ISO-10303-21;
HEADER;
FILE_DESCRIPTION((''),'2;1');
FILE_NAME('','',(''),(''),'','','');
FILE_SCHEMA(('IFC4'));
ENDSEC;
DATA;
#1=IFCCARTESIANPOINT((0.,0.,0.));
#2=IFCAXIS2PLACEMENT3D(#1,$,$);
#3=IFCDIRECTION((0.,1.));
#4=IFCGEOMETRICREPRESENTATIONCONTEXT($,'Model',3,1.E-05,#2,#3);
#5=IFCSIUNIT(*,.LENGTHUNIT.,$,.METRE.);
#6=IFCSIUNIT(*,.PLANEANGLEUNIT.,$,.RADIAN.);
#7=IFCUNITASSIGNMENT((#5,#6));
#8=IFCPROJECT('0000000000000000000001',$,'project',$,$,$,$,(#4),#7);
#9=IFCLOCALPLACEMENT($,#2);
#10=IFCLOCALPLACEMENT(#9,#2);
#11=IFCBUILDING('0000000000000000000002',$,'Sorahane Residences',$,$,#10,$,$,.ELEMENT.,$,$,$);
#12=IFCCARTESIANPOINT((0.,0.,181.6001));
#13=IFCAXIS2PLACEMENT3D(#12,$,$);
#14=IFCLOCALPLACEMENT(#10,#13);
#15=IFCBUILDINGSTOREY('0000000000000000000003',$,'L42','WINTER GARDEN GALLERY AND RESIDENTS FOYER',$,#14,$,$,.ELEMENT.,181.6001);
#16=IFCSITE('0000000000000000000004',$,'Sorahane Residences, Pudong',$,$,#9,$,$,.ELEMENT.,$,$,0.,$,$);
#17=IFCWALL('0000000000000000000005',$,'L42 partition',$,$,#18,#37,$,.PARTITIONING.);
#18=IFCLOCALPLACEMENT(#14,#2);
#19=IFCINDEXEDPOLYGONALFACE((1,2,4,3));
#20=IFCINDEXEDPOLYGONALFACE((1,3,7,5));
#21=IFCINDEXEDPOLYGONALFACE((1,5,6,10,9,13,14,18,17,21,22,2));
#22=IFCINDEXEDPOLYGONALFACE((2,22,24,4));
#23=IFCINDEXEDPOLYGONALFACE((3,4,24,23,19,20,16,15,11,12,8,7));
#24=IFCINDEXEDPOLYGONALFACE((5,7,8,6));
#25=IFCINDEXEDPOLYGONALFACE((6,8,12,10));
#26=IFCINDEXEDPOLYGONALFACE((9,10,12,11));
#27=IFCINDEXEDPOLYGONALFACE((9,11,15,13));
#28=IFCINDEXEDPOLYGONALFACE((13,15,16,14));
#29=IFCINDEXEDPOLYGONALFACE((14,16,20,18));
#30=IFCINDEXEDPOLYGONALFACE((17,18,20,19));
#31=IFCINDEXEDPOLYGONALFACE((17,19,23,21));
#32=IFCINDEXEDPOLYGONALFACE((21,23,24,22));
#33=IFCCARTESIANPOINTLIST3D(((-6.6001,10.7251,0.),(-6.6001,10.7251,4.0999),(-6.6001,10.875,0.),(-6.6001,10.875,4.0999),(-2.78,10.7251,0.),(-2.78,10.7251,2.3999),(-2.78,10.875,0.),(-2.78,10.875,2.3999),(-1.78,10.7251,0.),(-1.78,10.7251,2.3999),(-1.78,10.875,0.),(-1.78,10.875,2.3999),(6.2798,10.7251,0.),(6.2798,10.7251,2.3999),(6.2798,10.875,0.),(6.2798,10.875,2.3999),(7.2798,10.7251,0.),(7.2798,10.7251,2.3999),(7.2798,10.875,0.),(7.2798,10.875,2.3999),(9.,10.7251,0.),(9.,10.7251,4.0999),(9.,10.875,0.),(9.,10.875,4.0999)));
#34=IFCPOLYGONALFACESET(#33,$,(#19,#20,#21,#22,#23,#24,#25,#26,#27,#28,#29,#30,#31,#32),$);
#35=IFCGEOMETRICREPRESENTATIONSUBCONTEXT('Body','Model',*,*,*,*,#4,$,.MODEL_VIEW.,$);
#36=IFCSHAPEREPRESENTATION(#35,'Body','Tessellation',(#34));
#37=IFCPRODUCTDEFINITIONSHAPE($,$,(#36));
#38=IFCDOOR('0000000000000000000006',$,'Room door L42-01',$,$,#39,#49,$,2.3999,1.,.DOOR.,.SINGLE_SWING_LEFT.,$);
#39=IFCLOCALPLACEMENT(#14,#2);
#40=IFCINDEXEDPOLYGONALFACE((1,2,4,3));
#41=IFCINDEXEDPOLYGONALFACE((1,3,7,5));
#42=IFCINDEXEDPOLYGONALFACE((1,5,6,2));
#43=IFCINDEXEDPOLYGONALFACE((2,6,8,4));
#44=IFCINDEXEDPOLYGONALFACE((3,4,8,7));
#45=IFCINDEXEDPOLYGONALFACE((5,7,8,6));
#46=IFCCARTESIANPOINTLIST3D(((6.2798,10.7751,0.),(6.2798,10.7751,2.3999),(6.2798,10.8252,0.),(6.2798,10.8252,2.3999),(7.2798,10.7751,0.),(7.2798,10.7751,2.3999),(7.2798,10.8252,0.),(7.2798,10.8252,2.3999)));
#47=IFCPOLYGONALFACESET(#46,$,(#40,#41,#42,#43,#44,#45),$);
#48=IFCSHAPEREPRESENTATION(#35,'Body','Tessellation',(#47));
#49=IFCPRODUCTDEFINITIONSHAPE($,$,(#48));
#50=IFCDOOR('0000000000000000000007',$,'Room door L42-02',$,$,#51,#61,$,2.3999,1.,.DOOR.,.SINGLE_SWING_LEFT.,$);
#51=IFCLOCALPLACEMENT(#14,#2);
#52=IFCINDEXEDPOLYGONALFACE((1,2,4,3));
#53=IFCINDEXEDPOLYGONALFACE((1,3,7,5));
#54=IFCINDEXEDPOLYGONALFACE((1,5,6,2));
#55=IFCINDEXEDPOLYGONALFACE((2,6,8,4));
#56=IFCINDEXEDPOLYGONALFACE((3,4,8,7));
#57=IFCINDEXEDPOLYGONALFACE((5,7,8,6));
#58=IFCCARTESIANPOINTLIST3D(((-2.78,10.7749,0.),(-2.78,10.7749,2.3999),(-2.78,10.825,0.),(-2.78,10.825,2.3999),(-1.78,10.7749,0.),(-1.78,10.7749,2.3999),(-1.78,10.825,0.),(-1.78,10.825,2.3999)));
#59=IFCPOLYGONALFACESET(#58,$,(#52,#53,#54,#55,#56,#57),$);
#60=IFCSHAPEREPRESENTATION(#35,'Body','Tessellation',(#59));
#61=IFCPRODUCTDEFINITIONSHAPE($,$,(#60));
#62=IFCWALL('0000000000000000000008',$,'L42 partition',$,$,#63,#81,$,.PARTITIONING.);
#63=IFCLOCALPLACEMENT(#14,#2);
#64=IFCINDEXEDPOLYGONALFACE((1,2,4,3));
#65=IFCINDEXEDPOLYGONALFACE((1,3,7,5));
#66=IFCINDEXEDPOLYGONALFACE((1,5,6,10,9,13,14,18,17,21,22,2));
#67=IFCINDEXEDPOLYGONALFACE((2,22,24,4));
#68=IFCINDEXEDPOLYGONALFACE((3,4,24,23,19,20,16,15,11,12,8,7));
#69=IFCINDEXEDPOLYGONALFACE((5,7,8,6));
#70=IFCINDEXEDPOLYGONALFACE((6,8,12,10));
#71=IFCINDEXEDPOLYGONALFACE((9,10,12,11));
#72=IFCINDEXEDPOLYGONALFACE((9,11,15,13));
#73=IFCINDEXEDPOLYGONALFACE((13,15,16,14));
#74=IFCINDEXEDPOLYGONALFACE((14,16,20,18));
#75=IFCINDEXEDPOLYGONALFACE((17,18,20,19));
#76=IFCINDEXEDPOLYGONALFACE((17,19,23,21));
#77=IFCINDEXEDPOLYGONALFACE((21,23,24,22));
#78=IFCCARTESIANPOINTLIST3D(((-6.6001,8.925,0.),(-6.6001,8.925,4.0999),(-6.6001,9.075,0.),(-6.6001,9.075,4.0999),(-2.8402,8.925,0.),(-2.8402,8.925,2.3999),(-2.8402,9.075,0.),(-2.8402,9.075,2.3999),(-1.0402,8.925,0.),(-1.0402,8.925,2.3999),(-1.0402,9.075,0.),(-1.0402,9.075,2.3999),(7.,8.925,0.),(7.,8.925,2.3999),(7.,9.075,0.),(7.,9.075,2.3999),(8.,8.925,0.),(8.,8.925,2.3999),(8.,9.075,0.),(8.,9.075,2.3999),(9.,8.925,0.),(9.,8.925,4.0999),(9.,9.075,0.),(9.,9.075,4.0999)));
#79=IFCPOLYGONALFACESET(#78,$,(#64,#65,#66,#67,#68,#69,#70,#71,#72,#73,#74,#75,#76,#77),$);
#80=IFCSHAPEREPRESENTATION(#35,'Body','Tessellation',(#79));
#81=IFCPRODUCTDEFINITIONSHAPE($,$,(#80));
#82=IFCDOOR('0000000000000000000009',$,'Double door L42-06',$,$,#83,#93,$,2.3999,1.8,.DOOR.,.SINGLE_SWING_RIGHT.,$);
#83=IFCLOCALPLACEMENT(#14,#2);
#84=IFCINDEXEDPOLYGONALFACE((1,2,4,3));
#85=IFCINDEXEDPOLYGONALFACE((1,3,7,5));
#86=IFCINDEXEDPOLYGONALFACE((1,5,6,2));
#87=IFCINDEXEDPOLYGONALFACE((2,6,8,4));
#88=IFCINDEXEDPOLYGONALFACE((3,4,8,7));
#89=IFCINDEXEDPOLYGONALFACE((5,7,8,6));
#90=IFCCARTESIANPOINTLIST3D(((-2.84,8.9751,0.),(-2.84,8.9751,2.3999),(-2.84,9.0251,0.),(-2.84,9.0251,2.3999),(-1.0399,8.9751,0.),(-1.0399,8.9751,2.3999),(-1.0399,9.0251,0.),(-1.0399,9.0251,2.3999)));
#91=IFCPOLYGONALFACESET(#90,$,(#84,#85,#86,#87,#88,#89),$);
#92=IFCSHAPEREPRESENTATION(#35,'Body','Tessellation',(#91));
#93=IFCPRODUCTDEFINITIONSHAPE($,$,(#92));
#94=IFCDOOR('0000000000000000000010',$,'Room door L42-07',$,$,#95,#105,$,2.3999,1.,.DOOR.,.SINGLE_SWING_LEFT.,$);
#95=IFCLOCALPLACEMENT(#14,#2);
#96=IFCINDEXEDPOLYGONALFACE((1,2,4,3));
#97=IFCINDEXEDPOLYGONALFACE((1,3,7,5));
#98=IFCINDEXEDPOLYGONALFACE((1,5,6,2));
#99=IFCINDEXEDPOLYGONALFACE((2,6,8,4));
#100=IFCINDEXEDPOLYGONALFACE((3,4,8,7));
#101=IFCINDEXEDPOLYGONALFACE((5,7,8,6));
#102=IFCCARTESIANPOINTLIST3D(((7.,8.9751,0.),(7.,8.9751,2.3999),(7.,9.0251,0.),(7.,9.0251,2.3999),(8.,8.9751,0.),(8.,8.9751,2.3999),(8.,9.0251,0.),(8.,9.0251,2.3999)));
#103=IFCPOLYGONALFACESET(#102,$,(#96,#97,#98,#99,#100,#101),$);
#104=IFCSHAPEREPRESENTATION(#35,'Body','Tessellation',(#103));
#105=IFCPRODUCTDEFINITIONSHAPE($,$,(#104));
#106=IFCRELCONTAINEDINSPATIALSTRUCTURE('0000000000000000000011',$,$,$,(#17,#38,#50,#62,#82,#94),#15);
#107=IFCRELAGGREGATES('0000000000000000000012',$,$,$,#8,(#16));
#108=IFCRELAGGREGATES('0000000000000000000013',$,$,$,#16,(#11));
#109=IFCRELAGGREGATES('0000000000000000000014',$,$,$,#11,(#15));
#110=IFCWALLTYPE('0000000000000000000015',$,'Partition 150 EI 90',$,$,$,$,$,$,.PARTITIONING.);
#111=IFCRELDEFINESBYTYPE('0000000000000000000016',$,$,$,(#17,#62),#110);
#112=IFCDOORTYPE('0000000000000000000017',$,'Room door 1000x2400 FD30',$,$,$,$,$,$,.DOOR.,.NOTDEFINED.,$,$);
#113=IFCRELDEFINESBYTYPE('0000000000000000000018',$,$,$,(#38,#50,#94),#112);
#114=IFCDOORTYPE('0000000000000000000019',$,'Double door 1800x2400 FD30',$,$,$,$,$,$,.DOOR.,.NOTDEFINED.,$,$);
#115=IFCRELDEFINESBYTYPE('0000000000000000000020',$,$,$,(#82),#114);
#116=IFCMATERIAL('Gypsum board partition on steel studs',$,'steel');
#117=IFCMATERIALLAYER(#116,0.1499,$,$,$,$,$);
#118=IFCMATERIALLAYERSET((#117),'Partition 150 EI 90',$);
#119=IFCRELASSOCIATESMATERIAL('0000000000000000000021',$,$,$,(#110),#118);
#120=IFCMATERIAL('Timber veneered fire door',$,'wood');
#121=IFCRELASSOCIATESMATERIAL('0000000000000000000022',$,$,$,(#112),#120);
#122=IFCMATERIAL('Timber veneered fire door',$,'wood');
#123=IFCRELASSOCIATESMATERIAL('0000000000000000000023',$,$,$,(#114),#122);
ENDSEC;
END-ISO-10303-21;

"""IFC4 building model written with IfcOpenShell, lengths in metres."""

from ifc_helpers import new_model, si_unit, direction, frame, frame_2d, origin, place, context, subcontext, project, spatial, rectangle, extrude, material, layer, layer_set, type_object, element, fill, save


model = new_model("IFC4")

# Units and contexts
model_context = context("Model", 3, precision=1e-05, world=origin(), true_north=direction((0.0, 1.0)))
body_context = subcontext(model_context, "Body", "Model", "MODEL_VIEW")
ifc_project = project(units=[si_unit("LENGTHUNIT", "METRE"), si_unit("PLANEANGLEUNIT", "RADIAN")], contexts=[model_context])

# Site, building, storey
site_placement = place(None, origin())
site = spatial("IfcSite", under=ifc_project, at=site_placement, Name="Sorahane Residences, Pudong", CompositionType="ELEMENT", RefElevation=0.0)
building_placement = place(site_placement, origin())
building = spatial("IfcBuilding", under=site, at=building_placement, Name="Sorahane Residences", CompositionType="ELEMENT")
storey_placement = place(building_placement, frame((0.0, 0.0, 181.6001)))
storey = spatial("IfcBuildingStorey", under=building, at=storey_placement, Name="L42", Description="WINTER GARDEN GALLERY AND RESIDENTS FOYER", CompositionType="ELEMENT", Elevation=181.6001)

# Shared definitions
ifc_material_1 = material(Name="Gypsum board partition on steel studs", Category="steel")
ifc_layer_1 = layer(ifc_material_1, 0.1499)
ifc_layer_set_1 = layer_set([ifc_layer_1], Name="Partition 150 EI 90")
wall_type = type_object("IfcWallType", Name="Partition 150 EI 90", PredefinedType="PARTITIONING", material=ifc_layer_set_1)

# Walls, openings, doors
wall_1_placement = place(storey_placement, frame((-6.6001, 10.8, 0.0), z_axis=(0.0, 0.0, 1.0), x_axis=(1.0, 0.0, 0.0)))
wall_1 = element("IfcWall", 1, at=wall_1_placement, inside=storey, type_object=wall_type, Name="L42 partition", PredefinedType="PARTITIONING", context=body_context, shape_type="SweptSolid", body=[
    extrude(rectangle(XDim=15.6001, YDim=0.1499, at=frame_2d((7.8, 0.0))), origin(), (0.0, 0.0, 1.0), 4.0999),
])
opening_1_placement = place(wall_1_placement, frame((12.8799, 0.0, 0.0)))
opening_1 = element("IfcOpeningElement", 2, at=opening_1_placement, cuts=wall_1, PredefinedType="OPENING", context=body_context, shape_type="SweptSolid", body=[
    extrude(rectangle(XDim=1.0, YDim=2.3999, at=frame_2d((0.5, 1.2))), frame((0.0, 0.085, 0.0), z_axis=(0.0, -1.0, 0.0), x_axis=(1.0, 0.0, 0.0)), (0.0, 0.0, 1.0), 0.1699),
])
opening_2_placement = place(wall_1_placement, frame((3.8201, 0.0, 0.0)))
opening_2 = element("IfcOpeningElement", 3, at=opening_2_placement, cuts=wall_1, PredefinedType="OPENING", context=body_context, shape_type="SweptSolid", body=[
    extrude(rectangle(XDim=1.0, YDim=2.3999, at=frame_2d((0.5, 1.2))), frame((0.0, 0.085, 0.0), z_axis=(0.0, -1.0, 0.0), x_axis=(1.0, 0.0, 0.0)), (0.0, 0.0, 1.0), 0.1699),
])
ifc_material_2 = material(Name="Timber veneered fire door", Category="wood")
door_type_1 = type_object("IfcDoorType", Name="Room door 1000x2400 FD30", OperationType="NOTDEFINED", PredefinedType="DOOR", material=ifc_material_2)
door_1_placement = place(opening_1_placement, frame((1.0, 0.0, 0.0), z_axis=(0.0, 0.0, 1.0), x_axis=(-1.0, 0.0, 0.0)))
door_1 = element("IfcDoor", 4, at=door_1_placement, inside=storey, type_object=door_type_1, Name="Room door L42-01", OperationType="SINGLE_SWING_LEFT", OverallHeight=2.3999, OverallWidth=1.0, PredefinedType="DOOR", context=body_context, shape_type="SweptSolid", body=[
    extrude(rectangle(XDim=1.0, YDim=2.3999, at=frame_2d((0.5, 1.2))), frame((0.0, 0.0249, 0.0), z_axis=(0.0, -1.0, 0.0), x_axis=(1.0, 0.0, 0.0)), (0.0, 0.0, 1.0), 0.05),
])
fill(opening_1, door_1)
door_2_placement = place(opening_2_placement, origin())
door_2 = element("IfcDoor", 5, at=door_2_placement, inside=storey, type_object=door_type_1, Name="Room door L42-02", OperationType="SINGLE_SWING_LEFT", OverallHeight=2.3999, OverallWidth=1.0, PredefinedType="DOOR", context=body_context, shape_type="SweptSolid", body=[
    extrude(rectangle(XDim=1.0, YDim=2.3999, at=frame_2d((0.5, 1.2))), frame((0.0, 0.0249, 0.0), z_axis=(0.0, -1.0, 0.0), x_axis=(1.0, 0.0, 0.0)), (0.0, 0.0, 1.0), 0.05),
])
fill(opening_2, door_2)
wall_2_placement = place(storey_placement, frame((-6.6001, 9.0, 0.0), z_axis=(0.0, 0.0, 1.0), x_axis=(1.0, 0.0, 0.0)))
wall_2 = element("IfcWall", 6, at=wall_2_placement, inside=storey, type_object=wall_type, Name="L42 partition", PredefinedType="PARTITIONING", context=body_context, shape_type="SweptSolid", body=[
    extrude(rectangle(XDim=15.6001, YDim=0.1499, at=frame_2d((7.8, 0.0))), origin(), (0.0, 0.0, 1.0), 4.0999),
])
opening_3_placement = place(wall_2_placement, frame((3.76, 0.0, 0.0)))
opening_3 = element("IfcOpeningElement", 7, at=opening_3_placement, cuts=wall_2, PredefinedType="OPENING", context=body_context, shape_type="SweptSolid", body=[
    extrude(rectangle(XDim=1.8, YDim=2.3999, at=frame_2d((0.8999, 1.2))), frame((0.0, 0.085, 0.0), z_axis=(0.0, -1.0, 0.0), x_axis=(1.0, 0.0, 0.0)), (0.0, 0.0, 1.0), 0.1699),
])
opening_4_placement = place(wall_2_placement, frame((13.6001, 0.0, 0.0)))
opening_4 = element("IfcOpeningElement", 8, at=opening_4_placement, cuts=wall_2, PredefinedType="OPENING", context=body_context, shape_type="SweptSolid", body=[
    extrude(rectangle(XDim=1.0, YDim=2.3999, at=frame_2d((0.5, 1.2))), frame((0.0, 0.085, 0.0), z_axis=(0.0, -1.0, 0.0), x_axis=(1.0, 0.0, 0.0)), (0.0, 0.0, 1.0), 0.1699),
])
ifc_material_3 = material(Name="Timber veneered fire door", Category="wood")
door_type_2 = type_object("IfcDoorType", Name="Double door 1800x2400 FD30", OperationType="NOTDEFINED", PredefinedType="DOOR", material=ifc_material_3)
door_3_placement = place(opening_3_placement, frame((1.8, 0.0, 0.0), z_axis=(0.0, 0.0, 1.0), x_axis=(-1.0, 0.0, 0.0)))
door_3 = element("IfcDoor", 9, at=door_3_placement, inside=storey, type_object=door_type_2, Name="Double door L42-06", OperationType="SINGLE_SWING_RIGHT", OverallHeight=2.3999, OverallWidth=1.8, PredefinedType="DOOR", context=body_context, shape_type="SweptSolid", body=[
    extrude(rectangle(XDim=1.8, YDim=2.3999, at=frame_2d((0.8999, 1.2))), frame((0.0, 0.0249, 0.0), z_axis=(0.0, -1.0, 0.0), x_axis=(1.0, 0.0, 0.0)), (0.0, 0.0, 1.0), 0.05),
])
fill(opening_3, door_3)
door_4_placement = place(opening_4_placement, frame((1.0, 0.0, 0.0), z_axis=(0.0, 0.0, 1.0), x_axis=(-1.0, 0.0, 0.0)))
door_4 = element("IfcDoor", 10, at=door_4_placement, inside=storey, type_object=door_type_1, Name="Room door L42-07", OperationType="SINGLE_SWING_LEFT", OverallHeight=2.3999, OverallWidth=1.0, PredefinedType="DOOR", context=body_context, shape_type="SweptSolid", body=[
    extrude(rectangle(XDim=1.0, YDim=2.3999, at=frame_2d((0.5, 1.2))), frame((0.0, 0.0249, 0.0), z_axis=(0.0, -1.0, 0.0), x_axis=(1.0, 0.0, 0.0)), (0.0, 0.0, 1.0), 0.05),
])
fill(opening_4, door_4)

save(model, "model.ifc")
